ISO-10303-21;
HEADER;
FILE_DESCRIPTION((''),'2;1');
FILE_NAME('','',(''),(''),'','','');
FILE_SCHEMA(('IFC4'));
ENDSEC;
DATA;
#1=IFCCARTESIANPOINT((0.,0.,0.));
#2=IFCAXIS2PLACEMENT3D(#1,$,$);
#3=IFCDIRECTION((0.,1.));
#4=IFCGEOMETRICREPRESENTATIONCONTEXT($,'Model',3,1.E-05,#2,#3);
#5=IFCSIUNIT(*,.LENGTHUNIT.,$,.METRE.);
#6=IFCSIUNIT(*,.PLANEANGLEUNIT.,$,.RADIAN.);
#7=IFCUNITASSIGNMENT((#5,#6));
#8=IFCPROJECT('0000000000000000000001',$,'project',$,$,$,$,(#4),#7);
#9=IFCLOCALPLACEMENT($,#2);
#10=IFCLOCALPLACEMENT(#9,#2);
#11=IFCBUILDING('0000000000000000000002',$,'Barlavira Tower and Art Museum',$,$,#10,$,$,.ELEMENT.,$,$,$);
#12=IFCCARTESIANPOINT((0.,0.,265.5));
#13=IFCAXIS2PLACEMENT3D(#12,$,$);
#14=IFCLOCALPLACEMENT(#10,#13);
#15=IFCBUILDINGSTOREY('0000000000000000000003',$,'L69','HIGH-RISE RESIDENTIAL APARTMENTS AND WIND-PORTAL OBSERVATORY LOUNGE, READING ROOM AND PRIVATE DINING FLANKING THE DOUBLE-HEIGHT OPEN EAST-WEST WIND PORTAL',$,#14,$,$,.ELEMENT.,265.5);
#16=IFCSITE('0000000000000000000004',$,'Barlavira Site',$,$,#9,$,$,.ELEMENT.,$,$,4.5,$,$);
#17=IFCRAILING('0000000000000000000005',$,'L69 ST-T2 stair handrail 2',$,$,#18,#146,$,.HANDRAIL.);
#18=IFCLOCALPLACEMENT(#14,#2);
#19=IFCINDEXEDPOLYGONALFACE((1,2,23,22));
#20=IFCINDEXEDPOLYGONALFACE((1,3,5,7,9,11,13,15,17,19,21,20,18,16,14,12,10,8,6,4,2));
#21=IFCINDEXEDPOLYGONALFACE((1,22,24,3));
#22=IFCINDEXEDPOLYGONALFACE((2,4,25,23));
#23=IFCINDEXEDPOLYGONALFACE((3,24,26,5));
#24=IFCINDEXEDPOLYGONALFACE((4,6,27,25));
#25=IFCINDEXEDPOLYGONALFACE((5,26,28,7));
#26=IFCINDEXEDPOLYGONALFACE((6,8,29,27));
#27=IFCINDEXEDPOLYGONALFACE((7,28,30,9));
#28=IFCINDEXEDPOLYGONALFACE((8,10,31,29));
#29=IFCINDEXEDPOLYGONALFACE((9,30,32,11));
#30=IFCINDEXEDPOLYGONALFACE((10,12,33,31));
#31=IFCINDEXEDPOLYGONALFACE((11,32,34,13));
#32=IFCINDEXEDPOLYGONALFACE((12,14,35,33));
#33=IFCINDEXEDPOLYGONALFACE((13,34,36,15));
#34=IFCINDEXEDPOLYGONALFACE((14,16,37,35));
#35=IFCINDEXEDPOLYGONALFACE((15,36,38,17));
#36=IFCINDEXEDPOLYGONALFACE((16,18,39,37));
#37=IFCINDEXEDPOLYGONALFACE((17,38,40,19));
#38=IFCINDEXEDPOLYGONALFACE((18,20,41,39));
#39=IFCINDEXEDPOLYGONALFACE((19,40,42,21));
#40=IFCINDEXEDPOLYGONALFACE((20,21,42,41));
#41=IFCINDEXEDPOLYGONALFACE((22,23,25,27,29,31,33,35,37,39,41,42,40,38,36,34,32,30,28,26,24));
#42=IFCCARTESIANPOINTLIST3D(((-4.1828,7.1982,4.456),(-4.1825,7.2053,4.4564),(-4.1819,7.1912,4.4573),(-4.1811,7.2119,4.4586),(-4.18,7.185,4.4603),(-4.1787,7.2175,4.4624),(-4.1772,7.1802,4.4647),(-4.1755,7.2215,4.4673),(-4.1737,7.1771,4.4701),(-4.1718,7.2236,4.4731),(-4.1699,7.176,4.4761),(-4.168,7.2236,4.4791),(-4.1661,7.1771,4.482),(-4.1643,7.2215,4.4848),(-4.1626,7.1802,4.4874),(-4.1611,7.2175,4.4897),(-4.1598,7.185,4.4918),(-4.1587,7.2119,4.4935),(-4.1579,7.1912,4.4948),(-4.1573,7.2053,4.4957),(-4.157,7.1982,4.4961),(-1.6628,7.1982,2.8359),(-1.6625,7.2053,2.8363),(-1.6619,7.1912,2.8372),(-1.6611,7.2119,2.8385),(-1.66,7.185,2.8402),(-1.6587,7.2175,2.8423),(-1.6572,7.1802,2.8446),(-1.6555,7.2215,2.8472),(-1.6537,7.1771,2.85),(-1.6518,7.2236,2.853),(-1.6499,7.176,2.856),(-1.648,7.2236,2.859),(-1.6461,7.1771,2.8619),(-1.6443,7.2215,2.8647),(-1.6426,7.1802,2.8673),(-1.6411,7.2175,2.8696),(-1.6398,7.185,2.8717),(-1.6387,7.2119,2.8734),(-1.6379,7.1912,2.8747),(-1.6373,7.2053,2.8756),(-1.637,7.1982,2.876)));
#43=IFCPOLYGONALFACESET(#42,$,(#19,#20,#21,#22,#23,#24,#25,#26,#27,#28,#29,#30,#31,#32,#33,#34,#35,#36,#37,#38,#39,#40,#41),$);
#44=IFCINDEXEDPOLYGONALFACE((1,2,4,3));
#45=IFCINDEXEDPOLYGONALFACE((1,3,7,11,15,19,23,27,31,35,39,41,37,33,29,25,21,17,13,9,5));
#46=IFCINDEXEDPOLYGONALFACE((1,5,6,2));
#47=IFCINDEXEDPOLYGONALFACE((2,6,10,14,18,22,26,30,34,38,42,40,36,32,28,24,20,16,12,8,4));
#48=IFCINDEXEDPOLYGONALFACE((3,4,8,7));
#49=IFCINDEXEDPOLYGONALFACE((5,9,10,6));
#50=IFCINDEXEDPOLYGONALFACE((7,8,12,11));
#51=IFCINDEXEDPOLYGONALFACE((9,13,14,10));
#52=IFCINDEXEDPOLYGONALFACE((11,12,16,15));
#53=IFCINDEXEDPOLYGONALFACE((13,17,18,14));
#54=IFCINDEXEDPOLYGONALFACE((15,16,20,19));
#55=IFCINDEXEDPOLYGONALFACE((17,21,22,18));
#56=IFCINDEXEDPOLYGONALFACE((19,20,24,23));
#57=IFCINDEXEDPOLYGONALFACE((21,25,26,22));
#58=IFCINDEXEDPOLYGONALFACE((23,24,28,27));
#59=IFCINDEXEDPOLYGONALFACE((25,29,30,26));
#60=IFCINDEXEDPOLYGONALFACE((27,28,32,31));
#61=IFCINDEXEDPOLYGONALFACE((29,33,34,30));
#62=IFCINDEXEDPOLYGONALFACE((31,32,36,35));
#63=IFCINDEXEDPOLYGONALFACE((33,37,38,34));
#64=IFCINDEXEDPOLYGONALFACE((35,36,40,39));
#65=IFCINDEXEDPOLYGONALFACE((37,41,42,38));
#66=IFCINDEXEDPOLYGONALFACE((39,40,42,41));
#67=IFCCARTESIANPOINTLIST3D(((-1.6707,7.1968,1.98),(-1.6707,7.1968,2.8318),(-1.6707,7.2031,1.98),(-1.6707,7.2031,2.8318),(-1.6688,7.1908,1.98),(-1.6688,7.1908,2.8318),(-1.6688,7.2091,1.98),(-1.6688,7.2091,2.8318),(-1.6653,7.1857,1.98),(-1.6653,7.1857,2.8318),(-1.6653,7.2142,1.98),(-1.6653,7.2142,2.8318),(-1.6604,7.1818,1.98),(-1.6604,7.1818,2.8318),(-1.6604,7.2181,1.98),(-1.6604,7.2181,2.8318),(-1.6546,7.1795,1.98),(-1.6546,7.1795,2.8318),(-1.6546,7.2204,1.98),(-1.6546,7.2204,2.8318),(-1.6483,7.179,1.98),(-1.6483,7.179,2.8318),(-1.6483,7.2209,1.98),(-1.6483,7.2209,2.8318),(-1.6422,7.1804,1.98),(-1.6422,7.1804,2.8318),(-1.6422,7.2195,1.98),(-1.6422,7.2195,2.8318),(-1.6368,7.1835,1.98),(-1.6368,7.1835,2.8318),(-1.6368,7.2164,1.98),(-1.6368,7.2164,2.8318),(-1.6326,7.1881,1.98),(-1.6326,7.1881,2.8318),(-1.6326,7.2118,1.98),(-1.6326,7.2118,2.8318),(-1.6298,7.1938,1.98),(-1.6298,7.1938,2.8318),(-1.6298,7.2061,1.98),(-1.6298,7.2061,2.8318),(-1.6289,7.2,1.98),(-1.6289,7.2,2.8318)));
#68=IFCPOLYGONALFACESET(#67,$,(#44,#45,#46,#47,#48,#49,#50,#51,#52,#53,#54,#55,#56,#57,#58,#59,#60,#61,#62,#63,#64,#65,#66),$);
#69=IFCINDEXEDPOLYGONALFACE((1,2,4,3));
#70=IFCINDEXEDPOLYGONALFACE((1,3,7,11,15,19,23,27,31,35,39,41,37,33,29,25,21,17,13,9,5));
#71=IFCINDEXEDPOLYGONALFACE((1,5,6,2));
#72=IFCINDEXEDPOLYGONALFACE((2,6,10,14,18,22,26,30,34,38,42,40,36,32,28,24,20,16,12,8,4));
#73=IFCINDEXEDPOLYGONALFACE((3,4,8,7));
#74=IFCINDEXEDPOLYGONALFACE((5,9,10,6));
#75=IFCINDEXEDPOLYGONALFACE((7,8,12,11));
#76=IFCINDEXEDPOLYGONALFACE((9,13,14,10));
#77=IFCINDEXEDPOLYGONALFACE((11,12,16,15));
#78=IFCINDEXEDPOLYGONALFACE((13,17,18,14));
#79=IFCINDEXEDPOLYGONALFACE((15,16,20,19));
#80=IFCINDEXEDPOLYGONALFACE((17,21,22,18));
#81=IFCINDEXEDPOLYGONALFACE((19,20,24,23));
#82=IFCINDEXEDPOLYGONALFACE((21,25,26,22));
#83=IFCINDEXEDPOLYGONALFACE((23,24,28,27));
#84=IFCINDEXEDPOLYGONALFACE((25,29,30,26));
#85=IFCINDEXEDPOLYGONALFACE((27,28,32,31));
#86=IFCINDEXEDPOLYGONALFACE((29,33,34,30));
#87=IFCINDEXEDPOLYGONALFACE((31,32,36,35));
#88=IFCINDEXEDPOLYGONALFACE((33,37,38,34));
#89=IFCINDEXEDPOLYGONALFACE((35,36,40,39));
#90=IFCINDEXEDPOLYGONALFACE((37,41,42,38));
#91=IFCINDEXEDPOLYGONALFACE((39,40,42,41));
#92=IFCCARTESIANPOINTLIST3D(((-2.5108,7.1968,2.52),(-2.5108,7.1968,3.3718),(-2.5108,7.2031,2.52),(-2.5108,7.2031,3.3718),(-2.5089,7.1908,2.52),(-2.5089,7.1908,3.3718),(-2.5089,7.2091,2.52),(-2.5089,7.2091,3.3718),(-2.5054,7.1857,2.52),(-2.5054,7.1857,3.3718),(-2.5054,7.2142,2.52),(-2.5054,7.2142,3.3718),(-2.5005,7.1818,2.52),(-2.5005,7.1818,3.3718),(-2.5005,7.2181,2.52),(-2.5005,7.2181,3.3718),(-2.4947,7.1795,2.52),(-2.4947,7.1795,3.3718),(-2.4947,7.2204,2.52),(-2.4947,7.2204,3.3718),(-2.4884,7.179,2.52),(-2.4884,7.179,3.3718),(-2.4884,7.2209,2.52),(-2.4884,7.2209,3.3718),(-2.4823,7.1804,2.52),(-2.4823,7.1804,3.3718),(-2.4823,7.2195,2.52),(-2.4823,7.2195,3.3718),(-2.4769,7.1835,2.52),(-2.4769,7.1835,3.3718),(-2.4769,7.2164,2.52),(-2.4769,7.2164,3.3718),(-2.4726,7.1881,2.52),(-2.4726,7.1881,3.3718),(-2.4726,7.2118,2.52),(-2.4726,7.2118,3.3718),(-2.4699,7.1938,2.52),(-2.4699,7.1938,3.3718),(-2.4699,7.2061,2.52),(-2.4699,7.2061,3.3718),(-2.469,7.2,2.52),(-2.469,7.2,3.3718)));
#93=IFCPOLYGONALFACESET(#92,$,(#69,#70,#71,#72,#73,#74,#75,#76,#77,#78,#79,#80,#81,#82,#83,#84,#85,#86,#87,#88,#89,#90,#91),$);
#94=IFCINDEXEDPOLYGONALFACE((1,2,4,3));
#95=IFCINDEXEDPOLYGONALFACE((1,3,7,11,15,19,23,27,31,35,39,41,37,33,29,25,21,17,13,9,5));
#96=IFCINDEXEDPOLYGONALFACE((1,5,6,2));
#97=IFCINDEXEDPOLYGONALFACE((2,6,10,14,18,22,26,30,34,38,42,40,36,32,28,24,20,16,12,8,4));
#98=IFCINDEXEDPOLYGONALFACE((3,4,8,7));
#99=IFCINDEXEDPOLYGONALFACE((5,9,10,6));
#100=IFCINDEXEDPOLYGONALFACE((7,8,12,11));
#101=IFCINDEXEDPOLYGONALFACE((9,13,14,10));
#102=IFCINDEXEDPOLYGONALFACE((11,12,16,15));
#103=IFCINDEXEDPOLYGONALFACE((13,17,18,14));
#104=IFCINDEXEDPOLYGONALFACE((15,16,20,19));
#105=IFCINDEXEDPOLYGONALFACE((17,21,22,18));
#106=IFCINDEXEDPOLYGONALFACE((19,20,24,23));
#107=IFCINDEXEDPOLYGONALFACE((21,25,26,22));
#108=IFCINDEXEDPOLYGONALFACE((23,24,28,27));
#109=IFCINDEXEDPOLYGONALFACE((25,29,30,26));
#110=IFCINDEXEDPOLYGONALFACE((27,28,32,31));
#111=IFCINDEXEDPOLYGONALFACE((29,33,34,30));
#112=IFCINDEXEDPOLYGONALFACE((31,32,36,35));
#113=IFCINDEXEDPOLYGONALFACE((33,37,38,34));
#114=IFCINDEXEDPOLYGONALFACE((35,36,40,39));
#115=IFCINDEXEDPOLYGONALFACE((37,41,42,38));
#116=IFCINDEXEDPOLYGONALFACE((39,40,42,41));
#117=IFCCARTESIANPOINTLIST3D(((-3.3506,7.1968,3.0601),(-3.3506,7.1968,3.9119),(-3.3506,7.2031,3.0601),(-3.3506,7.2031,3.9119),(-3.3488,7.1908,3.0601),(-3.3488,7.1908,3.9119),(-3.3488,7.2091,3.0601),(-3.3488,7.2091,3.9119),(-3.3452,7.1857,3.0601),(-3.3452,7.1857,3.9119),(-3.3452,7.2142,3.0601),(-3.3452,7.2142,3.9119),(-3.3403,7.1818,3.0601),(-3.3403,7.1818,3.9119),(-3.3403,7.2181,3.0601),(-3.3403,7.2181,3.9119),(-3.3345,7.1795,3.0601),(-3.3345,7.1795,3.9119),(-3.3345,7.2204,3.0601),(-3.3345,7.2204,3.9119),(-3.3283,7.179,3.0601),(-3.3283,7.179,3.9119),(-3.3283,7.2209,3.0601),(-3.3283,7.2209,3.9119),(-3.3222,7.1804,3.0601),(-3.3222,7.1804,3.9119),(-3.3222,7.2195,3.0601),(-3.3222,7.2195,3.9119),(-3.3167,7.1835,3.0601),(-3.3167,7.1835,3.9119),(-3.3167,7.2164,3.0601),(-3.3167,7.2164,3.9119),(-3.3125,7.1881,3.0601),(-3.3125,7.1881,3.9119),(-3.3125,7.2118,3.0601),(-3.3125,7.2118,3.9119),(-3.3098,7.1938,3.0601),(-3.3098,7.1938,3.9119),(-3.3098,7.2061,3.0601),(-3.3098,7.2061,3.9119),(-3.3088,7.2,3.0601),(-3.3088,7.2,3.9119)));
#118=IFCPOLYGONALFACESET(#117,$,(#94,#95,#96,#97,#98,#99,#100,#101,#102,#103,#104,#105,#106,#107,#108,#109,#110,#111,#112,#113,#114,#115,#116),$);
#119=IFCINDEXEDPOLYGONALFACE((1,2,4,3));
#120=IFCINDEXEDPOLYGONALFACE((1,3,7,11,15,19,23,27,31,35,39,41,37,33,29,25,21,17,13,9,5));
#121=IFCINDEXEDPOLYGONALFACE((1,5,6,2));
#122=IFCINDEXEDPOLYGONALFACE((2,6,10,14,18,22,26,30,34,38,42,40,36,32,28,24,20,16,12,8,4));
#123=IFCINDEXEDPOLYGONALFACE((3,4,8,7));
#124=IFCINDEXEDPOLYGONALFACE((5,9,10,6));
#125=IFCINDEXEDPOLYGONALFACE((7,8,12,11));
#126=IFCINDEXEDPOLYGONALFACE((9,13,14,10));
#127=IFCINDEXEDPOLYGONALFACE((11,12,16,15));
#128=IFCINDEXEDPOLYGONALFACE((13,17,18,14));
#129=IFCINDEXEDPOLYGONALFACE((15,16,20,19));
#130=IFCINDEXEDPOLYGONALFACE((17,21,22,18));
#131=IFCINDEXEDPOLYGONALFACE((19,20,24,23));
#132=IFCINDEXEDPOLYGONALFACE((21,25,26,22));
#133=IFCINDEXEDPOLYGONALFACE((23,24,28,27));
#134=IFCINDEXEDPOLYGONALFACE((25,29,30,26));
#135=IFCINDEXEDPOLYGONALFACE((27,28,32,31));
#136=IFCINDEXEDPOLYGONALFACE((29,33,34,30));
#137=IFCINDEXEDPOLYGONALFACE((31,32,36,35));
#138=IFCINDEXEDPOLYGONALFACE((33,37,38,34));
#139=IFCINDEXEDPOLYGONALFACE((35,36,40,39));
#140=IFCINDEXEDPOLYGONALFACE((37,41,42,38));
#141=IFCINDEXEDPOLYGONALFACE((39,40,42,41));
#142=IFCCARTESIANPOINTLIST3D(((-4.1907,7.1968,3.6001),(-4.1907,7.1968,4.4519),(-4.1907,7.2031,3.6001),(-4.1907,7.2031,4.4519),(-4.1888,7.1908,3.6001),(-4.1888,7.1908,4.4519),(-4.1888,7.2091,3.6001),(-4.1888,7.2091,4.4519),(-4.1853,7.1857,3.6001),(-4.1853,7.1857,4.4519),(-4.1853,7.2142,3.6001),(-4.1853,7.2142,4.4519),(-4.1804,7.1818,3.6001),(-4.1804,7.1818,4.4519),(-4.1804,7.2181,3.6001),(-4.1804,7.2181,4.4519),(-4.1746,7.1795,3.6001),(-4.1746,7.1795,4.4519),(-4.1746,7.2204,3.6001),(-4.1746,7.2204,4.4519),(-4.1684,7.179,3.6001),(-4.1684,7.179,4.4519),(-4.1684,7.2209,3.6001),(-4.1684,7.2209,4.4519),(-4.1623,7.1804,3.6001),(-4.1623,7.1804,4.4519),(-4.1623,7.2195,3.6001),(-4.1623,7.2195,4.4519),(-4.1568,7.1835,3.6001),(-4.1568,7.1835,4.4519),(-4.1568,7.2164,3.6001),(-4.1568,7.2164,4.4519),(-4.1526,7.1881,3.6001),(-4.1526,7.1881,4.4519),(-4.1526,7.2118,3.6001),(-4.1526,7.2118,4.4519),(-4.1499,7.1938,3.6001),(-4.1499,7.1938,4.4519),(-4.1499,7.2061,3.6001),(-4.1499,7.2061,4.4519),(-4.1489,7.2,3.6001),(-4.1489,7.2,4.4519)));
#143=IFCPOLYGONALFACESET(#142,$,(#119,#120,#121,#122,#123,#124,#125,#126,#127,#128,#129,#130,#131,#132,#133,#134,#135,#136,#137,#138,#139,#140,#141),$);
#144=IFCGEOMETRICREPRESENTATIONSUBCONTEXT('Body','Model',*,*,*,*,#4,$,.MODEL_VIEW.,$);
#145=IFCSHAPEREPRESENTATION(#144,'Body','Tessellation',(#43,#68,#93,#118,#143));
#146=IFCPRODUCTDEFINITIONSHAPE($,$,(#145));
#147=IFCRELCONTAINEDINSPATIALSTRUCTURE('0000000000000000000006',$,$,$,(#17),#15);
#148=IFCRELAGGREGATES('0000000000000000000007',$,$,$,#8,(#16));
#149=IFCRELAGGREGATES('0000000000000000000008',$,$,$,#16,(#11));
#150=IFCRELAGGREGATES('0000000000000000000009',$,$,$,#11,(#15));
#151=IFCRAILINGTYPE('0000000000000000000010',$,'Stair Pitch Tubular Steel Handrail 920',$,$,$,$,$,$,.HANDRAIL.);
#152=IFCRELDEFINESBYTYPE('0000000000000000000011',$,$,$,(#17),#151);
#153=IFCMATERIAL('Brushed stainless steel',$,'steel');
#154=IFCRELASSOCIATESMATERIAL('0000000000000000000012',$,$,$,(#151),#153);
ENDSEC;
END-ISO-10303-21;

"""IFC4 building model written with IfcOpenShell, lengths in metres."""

from ifc_helpers import new_model, si_unit, direction, frame, origin, origin_2d, place, context, subcontext, project, spatial, circle, extrude, material, type_object, element, save


model = new_model("IFC4")

# Units and contexts
model_context = context("Model", 3, precision=1e-05, world=origin(), true_north=direction((0.0, 1.0)))
body_context = subcontext(model_context, "Body", "Model", "MODEL_VIEW")
ifc_project = project(units=[si_unit("LENGTHUNIT", "METRE"), si_unit("PLANEANGLEUNIT", "RADIAN")], contexts=[model_context])

# Site, building, storey
site_placement = place(None, origin())
site = spatial("IfcSite", under=ifc_project, at=site_placement, Name="Barlavira Site", CompositionType="ELEMENT", RefElevation=4.5)
building_placement = place(site_placement, origin())
building = spatial("IfcBuilding", under=site, at=building_placement, Name="Barlavira Tower and Art Museum", CompositionType="ELEMENT")
storey_placement = place(building_placement, frame((0.0, 0.0, 265.5)))
storey = spatial("IfcBuildingStorey", under=building, at=storey_placement, Name="L69", Description="HIGH-RISE RESIDENTIAL APARTMENTS AND WIND-PORTAL OBSERVATORY LOUNGE, READING ROOM AND PRIVATE DINING FLANKING THE DOUBLE-HEIGHT OPEN EAST-WEST WIND PORTAL", CompositionType="ELEMENT", Elevation=265.5)

# Shared definitions
ifc_material_1 = material(Name="Brushed stainless steel", Category="steel")

# Railing
railing_type_1 = type_object("IfcRailingType", Name="Stair Pitch Tubular Steel Handrail 920", PredefinedType="HANDRAIL", material=ifc_material_1)
railing_1_placement = place(storey_placement, frame((-1.6499, 7.2, 1.98)))
element("IfcRailing", 1, at=railing_1_placement, inside=storey, type_object=railing_type_1, Name="L69 ST-T2 stair handrail 2", PredefinedType="HANDRAIL", context=body_context, shape_type="SweptSolid", body=[
    extrude(circle(Radius=0.0239, at=origin_2d()), frame((0.0, 0.0, 0.876), z_axis=(-0.841163, 0.0, 0.540782), x_axis=(0.0, -1.0, 0.0)), (0.0, 0.0, 1.0), 2.9958),
    extrude(circle(Radius=0.021, at=origin_2d()), origin(), (0.0, 0.0, 1.0), 0.8518),
    extrude(circle(Radius=0.021, at=origin_2d()), frame((-0.8401, 0.0, 0.54)), (0.0, 0.0, 1.0), 0.8518),
    extrude(circle(Radius=0.021, at=origin_2d()), frame((-1.6799, 0.0, 1.0801)), (0.0, 0.0, 1.0), 0.8518),
    extrude(circle(Radius=0.021, at=origin_2d()), frame((-2.52, 0.0, 1.6201)), (0.0, 0.0, 1.0), 0.8518),
])

save(model, "model.ifc")
